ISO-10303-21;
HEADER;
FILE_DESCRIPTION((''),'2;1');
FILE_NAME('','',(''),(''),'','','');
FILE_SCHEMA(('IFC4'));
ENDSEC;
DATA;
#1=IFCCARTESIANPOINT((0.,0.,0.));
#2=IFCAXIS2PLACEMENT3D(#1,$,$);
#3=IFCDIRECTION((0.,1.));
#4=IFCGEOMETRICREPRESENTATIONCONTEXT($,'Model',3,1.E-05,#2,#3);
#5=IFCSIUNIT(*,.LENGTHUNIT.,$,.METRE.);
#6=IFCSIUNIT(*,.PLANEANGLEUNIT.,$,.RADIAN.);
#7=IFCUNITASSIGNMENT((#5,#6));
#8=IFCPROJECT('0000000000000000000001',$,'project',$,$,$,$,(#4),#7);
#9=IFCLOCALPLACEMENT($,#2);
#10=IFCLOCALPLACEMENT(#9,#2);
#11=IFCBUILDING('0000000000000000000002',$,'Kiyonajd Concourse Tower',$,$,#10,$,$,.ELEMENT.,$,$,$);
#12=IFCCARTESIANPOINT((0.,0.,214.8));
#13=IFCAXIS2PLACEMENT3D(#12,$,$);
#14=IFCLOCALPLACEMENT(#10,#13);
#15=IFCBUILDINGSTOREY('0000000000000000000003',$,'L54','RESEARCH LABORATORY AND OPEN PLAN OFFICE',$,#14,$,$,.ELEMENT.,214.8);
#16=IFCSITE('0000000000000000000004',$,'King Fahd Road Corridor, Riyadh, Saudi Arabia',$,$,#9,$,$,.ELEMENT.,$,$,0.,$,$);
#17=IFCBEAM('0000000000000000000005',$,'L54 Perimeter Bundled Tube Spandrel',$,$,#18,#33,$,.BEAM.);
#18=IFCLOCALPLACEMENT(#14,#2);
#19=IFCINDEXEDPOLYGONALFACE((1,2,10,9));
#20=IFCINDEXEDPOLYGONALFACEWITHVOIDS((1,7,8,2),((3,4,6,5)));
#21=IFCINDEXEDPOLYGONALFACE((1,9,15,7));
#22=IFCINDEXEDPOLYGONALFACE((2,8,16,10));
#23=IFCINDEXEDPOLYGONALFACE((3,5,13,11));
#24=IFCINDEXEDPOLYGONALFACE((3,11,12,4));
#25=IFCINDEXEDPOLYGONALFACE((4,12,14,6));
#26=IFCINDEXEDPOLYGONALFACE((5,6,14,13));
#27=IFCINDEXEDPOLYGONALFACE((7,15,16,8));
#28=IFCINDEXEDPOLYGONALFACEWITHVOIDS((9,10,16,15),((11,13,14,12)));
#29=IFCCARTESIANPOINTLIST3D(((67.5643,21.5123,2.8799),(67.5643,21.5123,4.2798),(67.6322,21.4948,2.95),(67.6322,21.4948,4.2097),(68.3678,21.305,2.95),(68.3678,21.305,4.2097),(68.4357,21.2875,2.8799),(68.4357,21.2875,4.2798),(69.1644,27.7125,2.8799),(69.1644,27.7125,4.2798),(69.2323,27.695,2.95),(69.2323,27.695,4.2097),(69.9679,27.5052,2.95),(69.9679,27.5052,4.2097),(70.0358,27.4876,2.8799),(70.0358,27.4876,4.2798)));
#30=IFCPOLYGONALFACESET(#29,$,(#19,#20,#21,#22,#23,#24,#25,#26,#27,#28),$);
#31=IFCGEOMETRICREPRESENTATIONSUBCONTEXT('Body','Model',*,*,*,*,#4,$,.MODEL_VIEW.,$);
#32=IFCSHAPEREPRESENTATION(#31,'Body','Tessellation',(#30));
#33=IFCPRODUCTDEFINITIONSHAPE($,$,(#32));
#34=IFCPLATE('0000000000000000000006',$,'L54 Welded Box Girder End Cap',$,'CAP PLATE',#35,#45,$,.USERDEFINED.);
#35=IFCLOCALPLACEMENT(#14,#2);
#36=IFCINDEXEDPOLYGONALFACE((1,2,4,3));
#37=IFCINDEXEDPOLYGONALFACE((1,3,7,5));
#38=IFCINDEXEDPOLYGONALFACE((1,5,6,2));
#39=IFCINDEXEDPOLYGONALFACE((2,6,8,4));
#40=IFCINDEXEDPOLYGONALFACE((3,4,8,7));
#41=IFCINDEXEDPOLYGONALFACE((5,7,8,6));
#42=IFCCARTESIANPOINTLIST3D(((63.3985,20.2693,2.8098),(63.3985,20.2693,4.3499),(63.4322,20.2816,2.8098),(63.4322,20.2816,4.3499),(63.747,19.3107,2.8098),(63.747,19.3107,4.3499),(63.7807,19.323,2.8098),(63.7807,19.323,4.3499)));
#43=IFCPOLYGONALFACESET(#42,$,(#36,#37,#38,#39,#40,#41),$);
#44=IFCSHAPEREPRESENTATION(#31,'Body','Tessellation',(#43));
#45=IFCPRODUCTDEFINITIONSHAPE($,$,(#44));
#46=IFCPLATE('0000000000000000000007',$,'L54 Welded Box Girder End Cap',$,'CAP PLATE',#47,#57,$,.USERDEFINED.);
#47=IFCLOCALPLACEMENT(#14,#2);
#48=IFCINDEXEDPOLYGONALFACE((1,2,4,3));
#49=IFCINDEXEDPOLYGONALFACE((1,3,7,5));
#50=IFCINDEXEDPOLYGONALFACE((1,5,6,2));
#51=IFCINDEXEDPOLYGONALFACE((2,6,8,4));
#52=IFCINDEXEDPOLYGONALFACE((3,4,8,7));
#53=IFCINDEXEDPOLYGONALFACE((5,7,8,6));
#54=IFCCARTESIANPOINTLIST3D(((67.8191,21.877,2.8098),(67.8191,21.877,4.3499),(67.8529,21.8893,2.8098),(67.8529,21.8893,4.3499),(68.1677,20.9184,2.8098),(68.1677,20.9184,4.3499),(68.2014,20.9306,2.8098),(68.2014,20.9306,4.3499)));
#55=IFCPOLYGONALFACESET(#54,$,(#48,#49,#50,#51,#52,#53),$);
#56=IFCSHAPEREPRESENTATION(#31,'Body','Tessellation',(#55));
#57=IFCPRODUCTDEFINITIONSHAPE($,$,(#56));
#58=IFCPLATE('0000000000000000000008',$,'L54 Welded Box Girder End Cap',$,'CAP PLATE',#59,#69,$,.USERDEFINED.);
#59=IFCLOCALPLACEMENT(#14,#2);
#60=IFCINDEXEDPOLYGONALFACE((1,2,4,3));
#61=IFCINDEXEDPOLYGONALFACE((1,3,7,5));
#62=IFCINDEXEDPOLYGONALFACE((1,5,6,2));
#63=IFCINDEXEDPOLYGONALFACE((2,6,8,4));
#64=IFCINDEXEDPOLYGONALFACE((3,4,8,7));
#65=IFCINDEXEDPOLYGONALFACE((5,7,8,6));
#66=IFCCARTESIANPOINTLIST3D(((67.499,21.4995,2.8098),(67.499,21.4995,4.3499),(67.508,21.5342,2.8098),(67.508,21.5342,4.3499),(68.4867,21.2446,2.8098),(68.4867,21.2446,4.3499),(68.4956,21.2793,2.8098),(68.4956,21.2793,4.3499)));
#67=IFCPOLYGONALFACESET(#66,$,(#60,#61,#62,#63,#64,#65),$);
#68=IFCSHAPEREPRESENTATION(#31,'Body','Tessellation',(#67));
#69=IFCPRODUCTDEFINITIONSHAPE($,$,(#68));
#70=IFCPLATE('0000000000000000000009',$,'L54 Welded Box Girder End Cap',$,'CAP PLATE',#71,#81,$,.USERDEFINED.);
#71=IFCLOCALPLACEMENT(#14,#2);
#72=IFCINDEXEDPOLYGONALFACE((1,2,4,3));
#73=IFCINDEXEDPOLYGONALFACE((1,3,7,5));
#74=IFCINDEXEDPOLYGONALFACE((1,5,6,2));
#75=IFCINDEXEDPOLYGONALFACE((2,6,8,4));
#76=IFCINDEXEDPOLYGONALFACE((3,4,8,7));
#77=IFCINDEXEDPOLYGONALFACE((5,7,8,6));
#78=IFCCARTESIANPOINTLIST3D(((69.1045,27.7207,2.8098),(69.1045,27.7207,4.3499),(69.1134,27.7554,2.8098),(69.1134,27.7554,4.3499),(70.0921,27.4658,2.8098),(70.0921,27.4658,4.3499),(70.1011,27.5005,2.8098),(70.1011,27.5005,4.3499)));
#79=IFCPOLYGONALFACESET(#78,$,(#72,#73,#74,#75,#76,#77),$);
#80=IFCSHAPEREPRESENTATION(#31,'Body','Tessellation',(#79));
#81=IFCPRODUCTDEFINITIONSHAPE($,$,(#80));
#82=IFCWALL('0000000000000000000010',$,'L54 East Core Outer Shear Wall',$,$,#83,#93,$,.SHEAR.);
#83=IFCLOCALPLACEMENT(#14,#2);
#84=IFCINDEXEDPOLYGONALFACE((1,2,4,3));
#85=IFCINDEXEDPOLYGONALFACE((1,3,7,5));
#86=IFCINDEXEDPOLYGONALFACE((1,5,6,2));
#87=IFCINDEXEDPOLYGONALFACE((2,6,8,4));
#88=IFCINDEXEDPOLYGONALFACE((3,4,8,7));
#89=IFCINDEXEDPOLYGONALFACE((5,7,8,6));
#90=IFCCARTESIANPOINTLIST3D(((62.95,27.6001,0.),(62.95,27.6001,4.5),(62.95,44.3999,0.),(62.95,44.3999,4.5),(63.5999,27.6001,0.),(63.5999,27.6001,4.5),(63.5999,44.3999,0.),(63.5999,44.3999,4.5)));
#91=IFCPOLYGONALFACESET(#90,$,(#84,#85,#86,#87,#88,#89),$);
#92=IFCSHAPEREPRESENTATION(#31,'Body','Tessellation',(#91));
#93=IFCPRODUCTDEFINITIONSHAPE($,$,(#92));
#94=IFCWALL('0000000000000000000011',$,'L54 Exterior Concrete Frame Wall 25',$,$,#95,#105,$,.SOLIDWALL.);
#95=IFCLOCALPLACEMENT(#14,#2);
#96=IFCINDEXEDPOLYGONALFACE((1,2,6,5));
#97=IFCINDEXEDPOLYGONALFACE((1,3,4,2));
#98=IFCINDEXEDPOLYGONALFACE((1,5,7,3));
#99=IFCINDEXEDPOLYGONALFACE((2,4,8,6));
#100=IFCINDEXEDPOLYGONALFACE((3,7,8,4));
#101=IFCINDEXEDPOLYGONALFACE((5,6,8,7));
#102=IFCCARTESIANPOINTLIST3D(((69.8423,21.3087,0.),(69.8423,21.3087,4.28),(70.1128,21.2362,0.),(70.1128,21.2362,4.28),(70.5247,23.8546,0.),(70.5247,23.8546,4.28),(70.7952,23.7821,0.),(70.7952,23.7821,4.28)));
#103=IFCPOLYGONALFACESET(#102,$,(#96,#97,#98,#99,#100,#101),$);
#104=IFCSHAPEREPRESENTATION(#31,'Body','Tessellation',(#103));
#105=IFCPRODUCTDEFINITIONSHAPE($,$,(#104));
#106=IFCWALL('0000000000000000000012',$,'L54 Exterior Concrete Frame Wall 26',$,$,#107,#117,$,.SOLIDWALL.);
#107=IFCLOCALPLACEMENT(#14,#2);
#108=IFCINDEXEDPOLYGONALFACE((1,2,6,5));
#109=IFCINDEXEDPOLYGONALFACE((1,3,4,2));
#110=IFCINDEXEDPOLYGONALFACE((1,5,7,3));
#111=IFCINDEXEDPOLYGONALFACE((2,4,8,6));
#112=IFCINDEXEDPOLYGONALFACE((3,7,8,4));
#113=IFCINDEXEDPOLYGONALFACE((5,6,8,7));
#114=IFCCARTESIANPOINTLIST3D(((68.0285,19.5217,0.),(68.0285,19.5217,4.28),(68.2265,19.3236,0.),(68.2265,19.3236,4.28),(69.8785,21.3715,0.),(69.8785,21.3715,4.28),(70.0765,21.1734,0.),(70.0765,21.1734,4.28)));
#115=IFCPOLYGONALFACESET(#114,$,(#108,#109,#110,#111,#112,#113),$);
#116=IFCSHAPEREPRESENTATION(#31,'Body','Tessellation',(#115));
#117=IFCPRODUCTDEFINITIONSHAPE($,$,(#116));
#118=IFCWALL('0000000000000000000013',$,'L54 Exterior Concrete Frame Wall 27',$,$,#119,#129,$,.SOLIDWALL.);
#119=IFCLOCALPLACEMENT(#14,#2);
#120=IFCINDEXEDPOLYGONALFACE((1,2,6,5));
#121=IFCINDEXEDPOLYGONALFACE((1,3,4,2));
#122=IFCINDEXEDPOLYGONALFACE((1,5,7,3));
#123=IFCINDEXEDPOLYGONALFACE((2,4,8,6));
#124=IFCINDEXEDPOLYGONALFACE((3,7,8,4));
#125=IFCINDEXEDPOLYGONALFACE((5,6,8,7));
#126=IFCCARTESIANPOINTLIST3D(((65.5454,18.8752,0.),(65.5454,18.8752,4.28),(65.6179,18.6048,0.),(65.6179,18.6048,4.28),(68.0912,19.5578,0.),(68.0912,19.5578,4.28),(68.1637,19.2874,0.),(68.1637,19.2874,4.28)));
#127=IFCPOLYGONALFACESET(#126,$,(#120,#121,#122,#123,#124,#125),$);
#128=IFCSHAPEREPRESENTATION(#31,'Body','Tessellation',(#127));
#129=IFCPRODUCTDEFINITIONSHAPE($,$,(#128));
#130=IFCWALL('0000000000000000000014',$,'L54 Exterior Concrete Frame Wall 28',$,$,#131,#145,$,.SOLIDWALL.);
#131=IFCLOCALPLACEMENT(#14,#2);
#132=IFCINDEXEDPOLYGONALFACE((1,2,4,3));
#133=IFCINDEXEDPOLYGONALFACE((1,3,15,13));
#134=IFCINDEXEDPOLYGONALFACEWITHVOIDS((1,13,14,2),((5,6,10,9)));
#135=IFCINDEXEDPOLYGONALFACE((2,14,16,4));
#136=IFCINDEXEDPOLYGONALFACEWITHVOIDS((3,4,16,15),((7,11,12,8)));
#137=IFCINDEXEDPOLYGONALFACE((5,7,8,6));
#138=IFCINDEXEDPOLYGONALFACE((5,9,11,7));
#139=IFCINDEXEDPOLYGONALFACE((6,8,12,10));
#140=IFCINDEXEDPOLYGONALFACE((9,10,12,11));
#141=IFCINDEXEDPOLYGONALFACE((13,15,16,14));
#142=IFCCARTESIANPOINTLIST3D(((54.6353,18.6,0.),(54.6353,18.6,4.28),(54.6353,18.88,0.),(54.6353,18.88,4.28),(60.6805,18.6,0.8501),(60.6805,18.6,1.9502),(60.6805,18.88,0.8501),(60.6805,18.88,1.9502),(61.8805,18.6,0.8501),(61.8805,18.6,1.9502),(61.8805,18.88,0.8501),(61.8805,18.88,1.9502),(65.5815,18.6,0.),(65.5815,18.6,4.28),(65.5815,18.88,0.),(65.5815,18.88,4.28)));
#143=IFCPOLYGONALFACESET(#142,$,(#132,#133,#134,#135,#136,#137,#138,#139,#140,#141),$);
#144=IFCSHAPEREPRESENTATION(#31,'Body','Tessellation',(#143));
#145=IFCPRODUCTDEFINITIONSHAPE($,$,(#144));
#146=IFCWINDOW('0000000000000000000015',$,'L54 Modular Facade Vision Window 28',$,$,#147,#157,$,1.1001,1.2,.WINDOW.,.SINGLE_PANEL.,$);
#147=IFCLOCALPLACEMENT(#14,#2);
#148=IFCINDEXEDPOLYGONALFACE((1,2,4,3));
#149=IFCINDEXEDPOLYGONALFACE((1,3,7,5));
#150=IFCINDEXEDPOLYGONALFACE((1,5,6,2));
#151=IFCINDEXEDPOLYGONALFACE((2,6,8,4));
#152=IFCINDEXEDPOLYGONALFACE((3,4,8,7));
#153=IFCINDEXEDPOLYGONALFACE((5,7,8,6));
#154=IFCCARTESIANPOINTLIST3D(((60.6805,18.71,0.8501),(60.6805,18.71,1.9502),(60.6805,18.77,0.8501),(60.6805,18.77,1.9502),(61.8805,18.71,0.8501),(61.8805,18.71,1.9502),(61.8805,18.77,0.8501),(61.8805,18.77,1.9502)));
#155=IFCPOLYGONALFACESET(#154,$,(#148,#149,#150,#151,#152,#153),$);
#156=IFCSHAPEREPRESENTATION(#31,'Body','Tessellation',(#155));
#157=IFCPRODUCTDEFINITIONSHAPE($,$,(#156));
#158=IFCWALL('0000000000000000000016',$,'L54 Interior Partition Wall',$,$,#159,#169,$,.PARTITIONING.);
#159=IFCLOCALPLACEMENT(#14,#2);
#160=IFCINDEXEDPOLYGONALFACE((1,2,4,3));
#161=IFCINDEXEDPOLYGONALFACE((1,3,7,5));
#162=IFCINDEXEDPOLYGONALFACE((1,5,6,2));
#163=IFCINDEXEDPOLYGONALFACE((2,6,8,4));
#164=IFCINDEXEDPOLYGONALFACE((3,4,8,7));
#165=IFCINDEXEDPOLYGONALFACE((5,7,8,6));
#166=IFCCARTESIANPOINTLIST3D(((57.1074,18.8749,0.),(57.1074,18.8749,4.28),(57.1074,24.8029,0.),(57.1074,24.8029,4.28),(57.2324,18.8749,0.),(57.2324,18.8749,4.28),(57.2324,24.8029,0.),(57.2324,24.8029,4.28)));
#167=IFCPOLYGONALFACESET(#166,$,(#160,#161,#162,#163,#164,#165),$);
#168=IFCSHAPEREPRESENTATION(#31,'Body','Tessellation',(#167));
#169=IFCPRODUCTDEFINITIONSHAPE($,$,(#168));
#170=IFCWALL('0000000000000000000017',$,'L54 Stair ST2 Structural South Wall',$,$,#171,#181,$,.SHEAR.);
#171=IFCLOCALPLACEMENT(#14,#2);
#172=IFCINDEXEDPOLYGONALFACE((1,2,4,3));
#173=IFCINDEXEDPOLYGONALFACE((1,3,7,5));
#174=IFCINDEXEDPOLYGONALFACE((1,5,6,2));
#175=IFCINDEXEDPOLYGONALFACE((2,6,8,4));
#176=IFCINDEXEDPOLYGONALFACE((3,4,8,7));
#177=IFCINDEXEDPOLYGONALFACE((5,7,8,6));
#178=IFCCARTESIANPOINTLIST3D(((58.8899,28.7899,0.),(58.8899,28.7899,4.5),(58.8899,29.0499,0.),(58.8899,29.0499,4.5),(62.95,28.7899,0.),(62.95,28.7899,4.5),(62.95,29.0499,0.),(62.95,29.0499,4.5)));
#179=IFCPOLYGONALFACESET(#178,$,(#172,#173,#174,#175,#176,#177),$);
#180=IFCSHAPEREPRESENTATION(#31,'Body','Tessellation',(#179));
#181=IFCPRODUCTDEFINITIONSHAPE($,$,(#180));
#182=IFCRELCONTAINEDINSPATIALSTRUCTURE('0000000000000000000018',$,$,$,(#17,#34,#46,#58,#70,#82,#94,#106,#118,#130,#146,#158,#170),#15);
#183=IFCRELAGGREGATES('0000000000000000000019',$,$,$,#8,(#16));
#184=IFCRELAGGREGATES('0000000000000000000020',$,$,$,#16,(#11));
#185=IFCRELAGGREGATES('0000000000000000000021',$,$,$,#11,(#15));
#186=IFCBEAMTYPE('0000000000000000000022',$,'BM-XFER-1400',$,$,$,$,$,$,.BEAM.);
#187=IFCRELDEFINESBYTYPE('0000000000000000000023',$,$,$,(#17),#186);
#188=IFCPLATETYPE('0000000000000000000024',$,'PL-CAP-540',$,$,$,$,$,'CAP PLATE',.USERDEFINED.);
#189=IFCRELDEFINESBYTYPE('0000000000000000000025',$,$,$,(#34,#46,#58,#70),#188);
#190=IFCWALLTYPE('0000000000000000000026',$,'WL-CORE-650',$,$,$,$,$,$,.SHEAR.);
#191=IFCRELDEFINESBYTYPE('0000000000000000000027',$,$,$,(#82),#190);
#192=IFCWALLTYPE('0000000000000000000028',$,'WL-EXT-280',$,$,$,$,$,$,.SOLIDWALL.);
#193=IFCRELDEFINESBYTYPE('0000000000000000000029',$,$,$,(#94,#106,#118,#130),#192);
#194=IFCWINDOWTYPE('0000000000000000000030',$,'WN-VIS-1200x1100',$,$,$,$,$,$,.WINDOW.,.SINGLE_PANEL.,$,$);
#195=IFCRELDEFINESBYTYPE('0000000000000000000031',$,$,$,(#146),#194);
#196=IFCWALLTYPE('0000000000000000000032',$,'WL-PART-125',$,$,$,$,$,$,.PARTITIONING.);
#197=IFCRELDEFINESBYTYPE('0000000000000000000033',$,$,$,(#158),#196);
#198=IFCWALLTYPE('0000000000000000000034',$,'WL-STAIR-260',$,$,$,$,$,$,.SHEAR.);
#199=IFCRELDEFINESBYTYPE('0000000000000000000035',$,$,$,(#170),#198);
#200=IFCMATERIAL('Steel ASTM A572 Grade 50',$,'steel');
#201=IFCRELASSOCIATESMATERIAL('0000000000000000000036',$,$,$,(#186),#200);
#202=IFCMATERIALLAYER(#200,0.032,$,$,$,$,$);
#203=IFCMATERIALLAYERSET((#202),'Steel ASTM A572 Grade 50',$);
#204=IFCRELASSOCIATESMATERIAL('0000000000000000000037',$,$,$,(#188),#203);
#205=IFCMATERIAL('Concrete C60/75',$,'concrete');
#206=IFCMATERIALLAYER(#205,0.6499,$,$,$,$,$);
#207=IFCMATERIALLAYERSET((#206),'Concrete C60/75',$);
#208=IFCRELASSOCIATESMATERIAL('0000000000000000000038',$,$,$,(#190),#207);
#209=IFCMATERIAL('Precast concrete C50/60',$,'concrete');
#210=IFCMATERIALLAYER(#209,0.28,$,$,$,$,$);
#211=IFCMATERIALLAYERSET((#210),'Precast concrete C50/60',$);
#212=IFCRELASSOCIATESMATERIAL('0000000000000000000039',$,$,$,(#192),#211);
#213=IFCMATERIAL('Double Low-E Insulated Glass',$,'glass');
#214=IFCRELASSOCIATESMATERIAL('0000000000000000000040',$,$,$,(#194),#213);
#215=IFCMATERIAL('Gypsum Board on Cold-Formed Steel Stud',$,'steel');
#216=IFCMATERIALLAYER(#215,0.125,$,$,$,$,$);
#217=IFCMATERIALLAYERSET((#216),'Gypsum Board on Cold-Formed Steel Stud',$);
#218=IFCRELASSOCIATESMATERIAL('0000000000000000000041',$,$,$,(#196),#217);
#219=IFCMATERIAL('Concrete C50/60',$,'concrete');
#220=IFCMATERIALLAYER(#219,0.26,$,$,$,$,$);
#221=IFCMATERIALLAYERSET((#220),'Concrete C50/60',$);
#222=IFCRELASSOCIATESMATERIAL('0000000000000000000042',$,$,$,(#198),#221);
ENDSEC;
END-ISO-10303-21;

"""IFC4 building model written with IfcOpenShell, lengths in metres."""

from ifc_helpers import new_model, si_unit, direction, frame, frame_2d, origin, origin_2d, place, context, subcontext, project, spatial, rectangle, hollow_rectangle, extrude, material, layer, layer_set, material_profile, profile_set, type_object, element, fill, save


model = new_model("IFC4")

# Units and contexts
model_context = context("Model", 3, precision=1e-05, world=origin(), true_north=direction((0.0, 1.0)))
body_context = subcontext(model_context, "Body", "Model", "MODEL_VIEW")
ifc_project = project(units=[si_unit("LENGTHUNIT", "METRE"), si_unit("PLANEANGLEUNIT", "RADIAN")], contexts=[model_context])

# Site, building, storey
site_placement = place(None, origin())
site = spatial("IfcSite", under=ifc_project, at=site_placement, Name="King Fahd Road Corridor, Riyadh, Saudi Arabia", CompositionType="ELEMENT", RefElevation=0.0)
building_placement = place(site_placement, origin())
building = spatial("IfcBuilding", under=site, at=building_placement, Name="Kiyonajd Concourse Tower", CompositionType="ELEMENT")
storey_placement = place(building_placement, frame((0.0, 0.0, 214.8)))
storey = spatial("IfcBuildingStorey", under=building, at=storey_placement, Name="L54", Description="RESEARCH LABORATORY AND OPEN PLAN OFFICE", CompositionType="ELEMENT", Elevation=214.8)

# Shared definitions
ifc_material_1 = material(Name="Concrete C60/75", Category="concrete")

# Beam
ifc_material_2 = material(Name="Steel ASTM A572 Grade 50", Category="steel")
ifc_material_profile_1 = material_profile(ifc_material_2, hollow_rectangle(XDim=0.8999, YDim=1.3999, WallThickness=0.0701, at=origin_2d()), Name="BOX-1400x900x70")
ifc_profile_set_1 = profile_set([ifc_material_profile_1], Name="Steel ASTM A572 Grade 50")
beam_type_1 = type_object("IfcBeamType", Name="BM-XFER-1400", PredefinedType="BEAM", material=ifc_profile_set_1)
beam_1_placement = place(storey_placement, frame((68.0, 21.3999, 3.5798), z_axis=(0.249885, 0.968276, 0.0), x_axis=(-0.968276, 0.249885, 0.0)))
element("IfcBeam", 1, at=beam_1_placement, inside=storey, type_object=beam_type_1, Name="L54 Perimeter Bundled Tube Spandrel", PredefinedType="BEAM", context=body_context, shape_type="SweptSolid", body=[
    extrude(hollow_rectangle(XDim=0.8999, YDim=1.3999, WallThickness=0.0701, at=origin_2d()), origin(), (0.0, 0.0, 1.0), 6.4033),
])

# Plates
ifc_layer_1 = layer(ifc_material_2, 0.032)
ifc_layer_set_1 = layer_set([ifc_layer_1], Name="Steel ASTM A572 Grade 50")
plate_type = type_object("IfcPlateType", Name="PL-CAP-540", ElementType="CAP PLATE", PredefinedType="USERDEFINED", material=ifc_layer_set_1)
for number, where, z_axis, x_axis, name in (
    (2, (63.5896, 19.7961, 2.8098), (0.0, 0.0, 1.0), (-0.939812, -0.341692, 0.0), "L54 Welded Box Girder End Cap"),
    (3, (68.0103, 21.4038, 2.8098), (0.0, 0.0, 1.0), (0.939812, 0.341692, 0.0), "L54 Welded Box Girder End Cap"),
    (4, (67.9973, 21.3894, 2.8098), (0.0, 0.0, 1.0), (-0.249873, -0.968279, 0.0), "L54 Welded Box Girder End Cap"),
    (5, (69.6028, 27.6106, 2.8098), (0.0, 0.0, 1.0), (0.249873, 0.968279, 0.0), "L54 Welded Box Girder End Cap"),
):
    element("IfcPlate", number, at=place(storey_placement, frame(where, z_axis=z_axis, x_axis=x_axis)), inside=storey, type_object=plate_type, Name=name, ObjectType="CAP PLATE", PredefinedType="USERDEFINED", context=body_context, shape_type="SweptSolid", body=[
        extrude(rectangle(XDim=0.0359, YDim=1.02, at=origin_2d()), origin(), (0.0, 0.0, 1.0), 1.54),
    ])

# Walls
ifc_layer_2 = layer(ifc_material_1, 0.6499)
ifc_layer_set_2 = layer_set([ifc_layer_2], Name="Concrete C60/75")
wall_type_1 = type_object("IfcWallType", Name="WL-CORE-650", PredefinedType="SHEAR", material=ifc_layer_set_2)
wall_1_placement = place(storey_placement, frame((63.2749, 27.6001, 0.0), z_axis=(0.0, 0.0, 1.0), x_axis=(0.0, 1.0, 0.0)))
element("IfcWall", 6, at=wall_1_placement, inside=storey, type_object=wall_type_1, Name="L54 East Core Outer Shear Wall", PredefinedType="SHEAR", context=body_context, shape_type="SweptSolid", body=[
    extrude(rectangle(XDim=16.7998, YDim=0.6499, at=frame_2d((8.3999, 0.0))), origin(), (0.0, 0.0, 1.0), 4.5),
])
ifc_material_3 = material(Name="Precast concrete C50/60", Category="concrete")
ifc_layer_3 = layer(ifc_material_3, 0.28)
ifc_layer_set_3 = layer_set([ifc_layer_3], Name="Precast concrete C50/60")
wall_type_2 = type_object("IfcWallType", Name="WL-EXT-280", PredefinedType="SOLIDWALL", material=ifc_layer_set_3)
wall_2_placement = place(storey_placement, frame((70.6599, 23.8184, 0.0), z_axis=(0.0, 0.0, 1.0), x_axis=(-0.25889, -0.965907, 0.0)))
element("IfcWall", 7, at=wall_2_placement, inside=storey, type_object=wall_type_2, Name="L54 Exterior Concrete Frame Wall 25", PredefinedType="SOLIDWALL", context=body_context, shape_type="SweptSolid", body=[
    extrude(rectangle(XDim=2.6357, YDim=0.28, at=frame_2d((1.3179, 0.0))), origin(), (0.0, 0.0, 1.0), 4.28),
])
wall_3_placement = place(storey_placement, frame((69.9775, 21.2725, 0.0), z_axis=(0.0, 0.0, 1.0), x_axis=(-0.707153, -0.70706, 0.0)))
element("IfcWall", 8, at=wall_3_placement, inside=storey, type_object=wall_type_2, Name="L54 Exterior Concrete Frame Wall 26", PredefinedType="SOLIDWALL", context=body_context, shape_type="SweptSolid", body=[
    extrude(rectangle(XDim=2.6162, YDim=0.28, at=frame_2d((1.3081, 0.0))), origin(), (0.0, 0.0, 1.0), 4.28),
])
wall_4_placement = place(storey_placement, frame((68.1274, 19.4226, 0.0), z_axis=(0.0, 0.0, 1.0), x_axis=(-0.965884, -0.258977, 0.0)))
element("IfcWall", 9, at=wall_4_placement, inside=storey, type_object=wall_type_2, Name="L54 Exterior Concrete Frame Wall 27", PredefinedType="SOLIDWALL", context=body_context, shape_type="SweptSolid", body=[
    extrude(rectangle(XDim=2.6357, YDim=0.28, at=frame_2d((1.3179, 0.0))), origin(), (0.0, 0.0, 1.0), 4.28),
])

# Wall, opening, window
wall_5_placement = place(storey_placement, frame((65.5815, 18.74, 0.0), z_axis=(0.0, 0.0, 1.0), x_axis=(-1.0, 0.0, 0.0)))
wall_5 = element("IfcWall", 10, at=wall_5_placement, inside=storey, type_object=wall_type_2, Name="L54 Exterior Concrete Frame Wall 28", PredefinedType="SOLIDWALL", context=body_context, shape_type="SweptSolid", body=[
    extrude(rectangle(XDim=10.9463, YDim=0.28, at=frame_2d((5.4731, 0.0))), origin(), (0.0, 0.0, 1.0), 4.28),
])
opening_1_placement = place(wall_5_placement, frame((3.7009, 0.0, 0.8501)))
opening_1 = element("IfcOpeningElement", 11, at=opening_1_placement, cuts=wall_5, PredefinedType="OPENING", context=body_context, shape_type="SweptSolid", body=[
    extrude(rectangle(XDim=1.2, YDim=1.1001, at=frame_2d((0.6001, 0.55))), frame((0.0, 0.1499, 0.0), z_axis=(0.0, -1.0, 0.0), x_axis=(1.0, 0.0, 0.0)), (0.0, 0.0, 1.0), 0.3),
])
ifc_material_4 = material(Name="Double Low-E Insulated Glass", Category="glass")
window_type = type_object("IfcWindowType", Name="WN-VIS-1200x1100", PartitioningType="SINGLE_PANEL", PredefinedType="WINDOW", material=ifc_material_4)
window_placement = place(opening_1_placement, origin())
window = element("IfcWindow", 12, at=window_placement, inside=storey, type_object=window_type, Name="L54 Modular Facade Vision Window 28", OverallHeight=1.1001, OverallWidth=1.2, PartitioningType="SINGLE_PANEL", PredefinedType="WINDOW", context=body_context, shape_type="SweptSolid", body=[
    extrude(rectangle(XDim=1.2, YDim=1.1001, at=frame_2d((0.6001, 0.55))), frame((0.0, 0.03, 0.0), z_axis=(0.0, -1.0, 0.0), x_axis=(1.0, 0.0, 0.0)), (0.0, 0.0, 1.0), 0.0601),
])
fill(opening_1, window)

# Walls
ifc_material_5 = material(Name="Gypsum Board on Cold-Formed Steel Stud", Category="steel")
ifc_layer_4 = layer(ifc_material_5, 0.125)
ifc_layer_set_4 = layer_set([ifc_layer_4], Name="Gypsum Board on Cold-Formed Steel Stud")
wall_type_3 = type_object("IfcWallType", Name="WL-PART-125", PredefinedType="PARTITIONING", material=ifc_layer_set_4)
wall_6_placement = place(storey_placement, frame((57.1699, 18.875, 0.0), z_axis=(0.0, 0.0, 1.0), x_axis=(0.0, 1.0, 0.0)))
element("IfcWall", 13, at=wall_6_placement, inside=storey, type_object=wall_type_3, Name="L54 Interior Partition Wall", PredefinedType="PARTITIONING", context=body_context, shape_type="SweptSolid", body=[
    extrude(rectangle(XDim=5.928, YDim=0.125, at=frame_2d((2.9639, 0.0))), origin(), (0.0, 0.0, 1.0), 4.28),
])
ifc_material_6 = material(Name="Concrete C50/60", Category="concrete")
ifc_layer_5 = layer(ifc_material_6, 0.26)
ifc_layer_set_5 = layer_set([ifc_layer_5], Name="Concrete C50/60")
wall_type_4 = type_object("IfcWallType", Name="WL-STAIR-260", PredefinedType="SHEAR", material=ifc_layer_set_5)
wall_7_placement = place(storey_placement, frame((58.8899, 28.9199, 0.0), z_axis=(0.0, 0.0, 1.0), x_axis=(1.0, 0.0, 0.0)))
element("IfcWall", 14, at=wall_7_placement, inside=storey, type_object=wall_type_4, Name="L54 Stair ST2 Structural South Wall", PredefinedType="SHEAR", context=body_context, shape_type="SweptSolid", body=[
    extrude(rectangle(XDim=4.0601, YDim=0.26, at=frame_2d((2.03, 0.0))), origin(), (0.0, 0.0, 1.0), 4.5),
])

save(model, "model.ifc")
